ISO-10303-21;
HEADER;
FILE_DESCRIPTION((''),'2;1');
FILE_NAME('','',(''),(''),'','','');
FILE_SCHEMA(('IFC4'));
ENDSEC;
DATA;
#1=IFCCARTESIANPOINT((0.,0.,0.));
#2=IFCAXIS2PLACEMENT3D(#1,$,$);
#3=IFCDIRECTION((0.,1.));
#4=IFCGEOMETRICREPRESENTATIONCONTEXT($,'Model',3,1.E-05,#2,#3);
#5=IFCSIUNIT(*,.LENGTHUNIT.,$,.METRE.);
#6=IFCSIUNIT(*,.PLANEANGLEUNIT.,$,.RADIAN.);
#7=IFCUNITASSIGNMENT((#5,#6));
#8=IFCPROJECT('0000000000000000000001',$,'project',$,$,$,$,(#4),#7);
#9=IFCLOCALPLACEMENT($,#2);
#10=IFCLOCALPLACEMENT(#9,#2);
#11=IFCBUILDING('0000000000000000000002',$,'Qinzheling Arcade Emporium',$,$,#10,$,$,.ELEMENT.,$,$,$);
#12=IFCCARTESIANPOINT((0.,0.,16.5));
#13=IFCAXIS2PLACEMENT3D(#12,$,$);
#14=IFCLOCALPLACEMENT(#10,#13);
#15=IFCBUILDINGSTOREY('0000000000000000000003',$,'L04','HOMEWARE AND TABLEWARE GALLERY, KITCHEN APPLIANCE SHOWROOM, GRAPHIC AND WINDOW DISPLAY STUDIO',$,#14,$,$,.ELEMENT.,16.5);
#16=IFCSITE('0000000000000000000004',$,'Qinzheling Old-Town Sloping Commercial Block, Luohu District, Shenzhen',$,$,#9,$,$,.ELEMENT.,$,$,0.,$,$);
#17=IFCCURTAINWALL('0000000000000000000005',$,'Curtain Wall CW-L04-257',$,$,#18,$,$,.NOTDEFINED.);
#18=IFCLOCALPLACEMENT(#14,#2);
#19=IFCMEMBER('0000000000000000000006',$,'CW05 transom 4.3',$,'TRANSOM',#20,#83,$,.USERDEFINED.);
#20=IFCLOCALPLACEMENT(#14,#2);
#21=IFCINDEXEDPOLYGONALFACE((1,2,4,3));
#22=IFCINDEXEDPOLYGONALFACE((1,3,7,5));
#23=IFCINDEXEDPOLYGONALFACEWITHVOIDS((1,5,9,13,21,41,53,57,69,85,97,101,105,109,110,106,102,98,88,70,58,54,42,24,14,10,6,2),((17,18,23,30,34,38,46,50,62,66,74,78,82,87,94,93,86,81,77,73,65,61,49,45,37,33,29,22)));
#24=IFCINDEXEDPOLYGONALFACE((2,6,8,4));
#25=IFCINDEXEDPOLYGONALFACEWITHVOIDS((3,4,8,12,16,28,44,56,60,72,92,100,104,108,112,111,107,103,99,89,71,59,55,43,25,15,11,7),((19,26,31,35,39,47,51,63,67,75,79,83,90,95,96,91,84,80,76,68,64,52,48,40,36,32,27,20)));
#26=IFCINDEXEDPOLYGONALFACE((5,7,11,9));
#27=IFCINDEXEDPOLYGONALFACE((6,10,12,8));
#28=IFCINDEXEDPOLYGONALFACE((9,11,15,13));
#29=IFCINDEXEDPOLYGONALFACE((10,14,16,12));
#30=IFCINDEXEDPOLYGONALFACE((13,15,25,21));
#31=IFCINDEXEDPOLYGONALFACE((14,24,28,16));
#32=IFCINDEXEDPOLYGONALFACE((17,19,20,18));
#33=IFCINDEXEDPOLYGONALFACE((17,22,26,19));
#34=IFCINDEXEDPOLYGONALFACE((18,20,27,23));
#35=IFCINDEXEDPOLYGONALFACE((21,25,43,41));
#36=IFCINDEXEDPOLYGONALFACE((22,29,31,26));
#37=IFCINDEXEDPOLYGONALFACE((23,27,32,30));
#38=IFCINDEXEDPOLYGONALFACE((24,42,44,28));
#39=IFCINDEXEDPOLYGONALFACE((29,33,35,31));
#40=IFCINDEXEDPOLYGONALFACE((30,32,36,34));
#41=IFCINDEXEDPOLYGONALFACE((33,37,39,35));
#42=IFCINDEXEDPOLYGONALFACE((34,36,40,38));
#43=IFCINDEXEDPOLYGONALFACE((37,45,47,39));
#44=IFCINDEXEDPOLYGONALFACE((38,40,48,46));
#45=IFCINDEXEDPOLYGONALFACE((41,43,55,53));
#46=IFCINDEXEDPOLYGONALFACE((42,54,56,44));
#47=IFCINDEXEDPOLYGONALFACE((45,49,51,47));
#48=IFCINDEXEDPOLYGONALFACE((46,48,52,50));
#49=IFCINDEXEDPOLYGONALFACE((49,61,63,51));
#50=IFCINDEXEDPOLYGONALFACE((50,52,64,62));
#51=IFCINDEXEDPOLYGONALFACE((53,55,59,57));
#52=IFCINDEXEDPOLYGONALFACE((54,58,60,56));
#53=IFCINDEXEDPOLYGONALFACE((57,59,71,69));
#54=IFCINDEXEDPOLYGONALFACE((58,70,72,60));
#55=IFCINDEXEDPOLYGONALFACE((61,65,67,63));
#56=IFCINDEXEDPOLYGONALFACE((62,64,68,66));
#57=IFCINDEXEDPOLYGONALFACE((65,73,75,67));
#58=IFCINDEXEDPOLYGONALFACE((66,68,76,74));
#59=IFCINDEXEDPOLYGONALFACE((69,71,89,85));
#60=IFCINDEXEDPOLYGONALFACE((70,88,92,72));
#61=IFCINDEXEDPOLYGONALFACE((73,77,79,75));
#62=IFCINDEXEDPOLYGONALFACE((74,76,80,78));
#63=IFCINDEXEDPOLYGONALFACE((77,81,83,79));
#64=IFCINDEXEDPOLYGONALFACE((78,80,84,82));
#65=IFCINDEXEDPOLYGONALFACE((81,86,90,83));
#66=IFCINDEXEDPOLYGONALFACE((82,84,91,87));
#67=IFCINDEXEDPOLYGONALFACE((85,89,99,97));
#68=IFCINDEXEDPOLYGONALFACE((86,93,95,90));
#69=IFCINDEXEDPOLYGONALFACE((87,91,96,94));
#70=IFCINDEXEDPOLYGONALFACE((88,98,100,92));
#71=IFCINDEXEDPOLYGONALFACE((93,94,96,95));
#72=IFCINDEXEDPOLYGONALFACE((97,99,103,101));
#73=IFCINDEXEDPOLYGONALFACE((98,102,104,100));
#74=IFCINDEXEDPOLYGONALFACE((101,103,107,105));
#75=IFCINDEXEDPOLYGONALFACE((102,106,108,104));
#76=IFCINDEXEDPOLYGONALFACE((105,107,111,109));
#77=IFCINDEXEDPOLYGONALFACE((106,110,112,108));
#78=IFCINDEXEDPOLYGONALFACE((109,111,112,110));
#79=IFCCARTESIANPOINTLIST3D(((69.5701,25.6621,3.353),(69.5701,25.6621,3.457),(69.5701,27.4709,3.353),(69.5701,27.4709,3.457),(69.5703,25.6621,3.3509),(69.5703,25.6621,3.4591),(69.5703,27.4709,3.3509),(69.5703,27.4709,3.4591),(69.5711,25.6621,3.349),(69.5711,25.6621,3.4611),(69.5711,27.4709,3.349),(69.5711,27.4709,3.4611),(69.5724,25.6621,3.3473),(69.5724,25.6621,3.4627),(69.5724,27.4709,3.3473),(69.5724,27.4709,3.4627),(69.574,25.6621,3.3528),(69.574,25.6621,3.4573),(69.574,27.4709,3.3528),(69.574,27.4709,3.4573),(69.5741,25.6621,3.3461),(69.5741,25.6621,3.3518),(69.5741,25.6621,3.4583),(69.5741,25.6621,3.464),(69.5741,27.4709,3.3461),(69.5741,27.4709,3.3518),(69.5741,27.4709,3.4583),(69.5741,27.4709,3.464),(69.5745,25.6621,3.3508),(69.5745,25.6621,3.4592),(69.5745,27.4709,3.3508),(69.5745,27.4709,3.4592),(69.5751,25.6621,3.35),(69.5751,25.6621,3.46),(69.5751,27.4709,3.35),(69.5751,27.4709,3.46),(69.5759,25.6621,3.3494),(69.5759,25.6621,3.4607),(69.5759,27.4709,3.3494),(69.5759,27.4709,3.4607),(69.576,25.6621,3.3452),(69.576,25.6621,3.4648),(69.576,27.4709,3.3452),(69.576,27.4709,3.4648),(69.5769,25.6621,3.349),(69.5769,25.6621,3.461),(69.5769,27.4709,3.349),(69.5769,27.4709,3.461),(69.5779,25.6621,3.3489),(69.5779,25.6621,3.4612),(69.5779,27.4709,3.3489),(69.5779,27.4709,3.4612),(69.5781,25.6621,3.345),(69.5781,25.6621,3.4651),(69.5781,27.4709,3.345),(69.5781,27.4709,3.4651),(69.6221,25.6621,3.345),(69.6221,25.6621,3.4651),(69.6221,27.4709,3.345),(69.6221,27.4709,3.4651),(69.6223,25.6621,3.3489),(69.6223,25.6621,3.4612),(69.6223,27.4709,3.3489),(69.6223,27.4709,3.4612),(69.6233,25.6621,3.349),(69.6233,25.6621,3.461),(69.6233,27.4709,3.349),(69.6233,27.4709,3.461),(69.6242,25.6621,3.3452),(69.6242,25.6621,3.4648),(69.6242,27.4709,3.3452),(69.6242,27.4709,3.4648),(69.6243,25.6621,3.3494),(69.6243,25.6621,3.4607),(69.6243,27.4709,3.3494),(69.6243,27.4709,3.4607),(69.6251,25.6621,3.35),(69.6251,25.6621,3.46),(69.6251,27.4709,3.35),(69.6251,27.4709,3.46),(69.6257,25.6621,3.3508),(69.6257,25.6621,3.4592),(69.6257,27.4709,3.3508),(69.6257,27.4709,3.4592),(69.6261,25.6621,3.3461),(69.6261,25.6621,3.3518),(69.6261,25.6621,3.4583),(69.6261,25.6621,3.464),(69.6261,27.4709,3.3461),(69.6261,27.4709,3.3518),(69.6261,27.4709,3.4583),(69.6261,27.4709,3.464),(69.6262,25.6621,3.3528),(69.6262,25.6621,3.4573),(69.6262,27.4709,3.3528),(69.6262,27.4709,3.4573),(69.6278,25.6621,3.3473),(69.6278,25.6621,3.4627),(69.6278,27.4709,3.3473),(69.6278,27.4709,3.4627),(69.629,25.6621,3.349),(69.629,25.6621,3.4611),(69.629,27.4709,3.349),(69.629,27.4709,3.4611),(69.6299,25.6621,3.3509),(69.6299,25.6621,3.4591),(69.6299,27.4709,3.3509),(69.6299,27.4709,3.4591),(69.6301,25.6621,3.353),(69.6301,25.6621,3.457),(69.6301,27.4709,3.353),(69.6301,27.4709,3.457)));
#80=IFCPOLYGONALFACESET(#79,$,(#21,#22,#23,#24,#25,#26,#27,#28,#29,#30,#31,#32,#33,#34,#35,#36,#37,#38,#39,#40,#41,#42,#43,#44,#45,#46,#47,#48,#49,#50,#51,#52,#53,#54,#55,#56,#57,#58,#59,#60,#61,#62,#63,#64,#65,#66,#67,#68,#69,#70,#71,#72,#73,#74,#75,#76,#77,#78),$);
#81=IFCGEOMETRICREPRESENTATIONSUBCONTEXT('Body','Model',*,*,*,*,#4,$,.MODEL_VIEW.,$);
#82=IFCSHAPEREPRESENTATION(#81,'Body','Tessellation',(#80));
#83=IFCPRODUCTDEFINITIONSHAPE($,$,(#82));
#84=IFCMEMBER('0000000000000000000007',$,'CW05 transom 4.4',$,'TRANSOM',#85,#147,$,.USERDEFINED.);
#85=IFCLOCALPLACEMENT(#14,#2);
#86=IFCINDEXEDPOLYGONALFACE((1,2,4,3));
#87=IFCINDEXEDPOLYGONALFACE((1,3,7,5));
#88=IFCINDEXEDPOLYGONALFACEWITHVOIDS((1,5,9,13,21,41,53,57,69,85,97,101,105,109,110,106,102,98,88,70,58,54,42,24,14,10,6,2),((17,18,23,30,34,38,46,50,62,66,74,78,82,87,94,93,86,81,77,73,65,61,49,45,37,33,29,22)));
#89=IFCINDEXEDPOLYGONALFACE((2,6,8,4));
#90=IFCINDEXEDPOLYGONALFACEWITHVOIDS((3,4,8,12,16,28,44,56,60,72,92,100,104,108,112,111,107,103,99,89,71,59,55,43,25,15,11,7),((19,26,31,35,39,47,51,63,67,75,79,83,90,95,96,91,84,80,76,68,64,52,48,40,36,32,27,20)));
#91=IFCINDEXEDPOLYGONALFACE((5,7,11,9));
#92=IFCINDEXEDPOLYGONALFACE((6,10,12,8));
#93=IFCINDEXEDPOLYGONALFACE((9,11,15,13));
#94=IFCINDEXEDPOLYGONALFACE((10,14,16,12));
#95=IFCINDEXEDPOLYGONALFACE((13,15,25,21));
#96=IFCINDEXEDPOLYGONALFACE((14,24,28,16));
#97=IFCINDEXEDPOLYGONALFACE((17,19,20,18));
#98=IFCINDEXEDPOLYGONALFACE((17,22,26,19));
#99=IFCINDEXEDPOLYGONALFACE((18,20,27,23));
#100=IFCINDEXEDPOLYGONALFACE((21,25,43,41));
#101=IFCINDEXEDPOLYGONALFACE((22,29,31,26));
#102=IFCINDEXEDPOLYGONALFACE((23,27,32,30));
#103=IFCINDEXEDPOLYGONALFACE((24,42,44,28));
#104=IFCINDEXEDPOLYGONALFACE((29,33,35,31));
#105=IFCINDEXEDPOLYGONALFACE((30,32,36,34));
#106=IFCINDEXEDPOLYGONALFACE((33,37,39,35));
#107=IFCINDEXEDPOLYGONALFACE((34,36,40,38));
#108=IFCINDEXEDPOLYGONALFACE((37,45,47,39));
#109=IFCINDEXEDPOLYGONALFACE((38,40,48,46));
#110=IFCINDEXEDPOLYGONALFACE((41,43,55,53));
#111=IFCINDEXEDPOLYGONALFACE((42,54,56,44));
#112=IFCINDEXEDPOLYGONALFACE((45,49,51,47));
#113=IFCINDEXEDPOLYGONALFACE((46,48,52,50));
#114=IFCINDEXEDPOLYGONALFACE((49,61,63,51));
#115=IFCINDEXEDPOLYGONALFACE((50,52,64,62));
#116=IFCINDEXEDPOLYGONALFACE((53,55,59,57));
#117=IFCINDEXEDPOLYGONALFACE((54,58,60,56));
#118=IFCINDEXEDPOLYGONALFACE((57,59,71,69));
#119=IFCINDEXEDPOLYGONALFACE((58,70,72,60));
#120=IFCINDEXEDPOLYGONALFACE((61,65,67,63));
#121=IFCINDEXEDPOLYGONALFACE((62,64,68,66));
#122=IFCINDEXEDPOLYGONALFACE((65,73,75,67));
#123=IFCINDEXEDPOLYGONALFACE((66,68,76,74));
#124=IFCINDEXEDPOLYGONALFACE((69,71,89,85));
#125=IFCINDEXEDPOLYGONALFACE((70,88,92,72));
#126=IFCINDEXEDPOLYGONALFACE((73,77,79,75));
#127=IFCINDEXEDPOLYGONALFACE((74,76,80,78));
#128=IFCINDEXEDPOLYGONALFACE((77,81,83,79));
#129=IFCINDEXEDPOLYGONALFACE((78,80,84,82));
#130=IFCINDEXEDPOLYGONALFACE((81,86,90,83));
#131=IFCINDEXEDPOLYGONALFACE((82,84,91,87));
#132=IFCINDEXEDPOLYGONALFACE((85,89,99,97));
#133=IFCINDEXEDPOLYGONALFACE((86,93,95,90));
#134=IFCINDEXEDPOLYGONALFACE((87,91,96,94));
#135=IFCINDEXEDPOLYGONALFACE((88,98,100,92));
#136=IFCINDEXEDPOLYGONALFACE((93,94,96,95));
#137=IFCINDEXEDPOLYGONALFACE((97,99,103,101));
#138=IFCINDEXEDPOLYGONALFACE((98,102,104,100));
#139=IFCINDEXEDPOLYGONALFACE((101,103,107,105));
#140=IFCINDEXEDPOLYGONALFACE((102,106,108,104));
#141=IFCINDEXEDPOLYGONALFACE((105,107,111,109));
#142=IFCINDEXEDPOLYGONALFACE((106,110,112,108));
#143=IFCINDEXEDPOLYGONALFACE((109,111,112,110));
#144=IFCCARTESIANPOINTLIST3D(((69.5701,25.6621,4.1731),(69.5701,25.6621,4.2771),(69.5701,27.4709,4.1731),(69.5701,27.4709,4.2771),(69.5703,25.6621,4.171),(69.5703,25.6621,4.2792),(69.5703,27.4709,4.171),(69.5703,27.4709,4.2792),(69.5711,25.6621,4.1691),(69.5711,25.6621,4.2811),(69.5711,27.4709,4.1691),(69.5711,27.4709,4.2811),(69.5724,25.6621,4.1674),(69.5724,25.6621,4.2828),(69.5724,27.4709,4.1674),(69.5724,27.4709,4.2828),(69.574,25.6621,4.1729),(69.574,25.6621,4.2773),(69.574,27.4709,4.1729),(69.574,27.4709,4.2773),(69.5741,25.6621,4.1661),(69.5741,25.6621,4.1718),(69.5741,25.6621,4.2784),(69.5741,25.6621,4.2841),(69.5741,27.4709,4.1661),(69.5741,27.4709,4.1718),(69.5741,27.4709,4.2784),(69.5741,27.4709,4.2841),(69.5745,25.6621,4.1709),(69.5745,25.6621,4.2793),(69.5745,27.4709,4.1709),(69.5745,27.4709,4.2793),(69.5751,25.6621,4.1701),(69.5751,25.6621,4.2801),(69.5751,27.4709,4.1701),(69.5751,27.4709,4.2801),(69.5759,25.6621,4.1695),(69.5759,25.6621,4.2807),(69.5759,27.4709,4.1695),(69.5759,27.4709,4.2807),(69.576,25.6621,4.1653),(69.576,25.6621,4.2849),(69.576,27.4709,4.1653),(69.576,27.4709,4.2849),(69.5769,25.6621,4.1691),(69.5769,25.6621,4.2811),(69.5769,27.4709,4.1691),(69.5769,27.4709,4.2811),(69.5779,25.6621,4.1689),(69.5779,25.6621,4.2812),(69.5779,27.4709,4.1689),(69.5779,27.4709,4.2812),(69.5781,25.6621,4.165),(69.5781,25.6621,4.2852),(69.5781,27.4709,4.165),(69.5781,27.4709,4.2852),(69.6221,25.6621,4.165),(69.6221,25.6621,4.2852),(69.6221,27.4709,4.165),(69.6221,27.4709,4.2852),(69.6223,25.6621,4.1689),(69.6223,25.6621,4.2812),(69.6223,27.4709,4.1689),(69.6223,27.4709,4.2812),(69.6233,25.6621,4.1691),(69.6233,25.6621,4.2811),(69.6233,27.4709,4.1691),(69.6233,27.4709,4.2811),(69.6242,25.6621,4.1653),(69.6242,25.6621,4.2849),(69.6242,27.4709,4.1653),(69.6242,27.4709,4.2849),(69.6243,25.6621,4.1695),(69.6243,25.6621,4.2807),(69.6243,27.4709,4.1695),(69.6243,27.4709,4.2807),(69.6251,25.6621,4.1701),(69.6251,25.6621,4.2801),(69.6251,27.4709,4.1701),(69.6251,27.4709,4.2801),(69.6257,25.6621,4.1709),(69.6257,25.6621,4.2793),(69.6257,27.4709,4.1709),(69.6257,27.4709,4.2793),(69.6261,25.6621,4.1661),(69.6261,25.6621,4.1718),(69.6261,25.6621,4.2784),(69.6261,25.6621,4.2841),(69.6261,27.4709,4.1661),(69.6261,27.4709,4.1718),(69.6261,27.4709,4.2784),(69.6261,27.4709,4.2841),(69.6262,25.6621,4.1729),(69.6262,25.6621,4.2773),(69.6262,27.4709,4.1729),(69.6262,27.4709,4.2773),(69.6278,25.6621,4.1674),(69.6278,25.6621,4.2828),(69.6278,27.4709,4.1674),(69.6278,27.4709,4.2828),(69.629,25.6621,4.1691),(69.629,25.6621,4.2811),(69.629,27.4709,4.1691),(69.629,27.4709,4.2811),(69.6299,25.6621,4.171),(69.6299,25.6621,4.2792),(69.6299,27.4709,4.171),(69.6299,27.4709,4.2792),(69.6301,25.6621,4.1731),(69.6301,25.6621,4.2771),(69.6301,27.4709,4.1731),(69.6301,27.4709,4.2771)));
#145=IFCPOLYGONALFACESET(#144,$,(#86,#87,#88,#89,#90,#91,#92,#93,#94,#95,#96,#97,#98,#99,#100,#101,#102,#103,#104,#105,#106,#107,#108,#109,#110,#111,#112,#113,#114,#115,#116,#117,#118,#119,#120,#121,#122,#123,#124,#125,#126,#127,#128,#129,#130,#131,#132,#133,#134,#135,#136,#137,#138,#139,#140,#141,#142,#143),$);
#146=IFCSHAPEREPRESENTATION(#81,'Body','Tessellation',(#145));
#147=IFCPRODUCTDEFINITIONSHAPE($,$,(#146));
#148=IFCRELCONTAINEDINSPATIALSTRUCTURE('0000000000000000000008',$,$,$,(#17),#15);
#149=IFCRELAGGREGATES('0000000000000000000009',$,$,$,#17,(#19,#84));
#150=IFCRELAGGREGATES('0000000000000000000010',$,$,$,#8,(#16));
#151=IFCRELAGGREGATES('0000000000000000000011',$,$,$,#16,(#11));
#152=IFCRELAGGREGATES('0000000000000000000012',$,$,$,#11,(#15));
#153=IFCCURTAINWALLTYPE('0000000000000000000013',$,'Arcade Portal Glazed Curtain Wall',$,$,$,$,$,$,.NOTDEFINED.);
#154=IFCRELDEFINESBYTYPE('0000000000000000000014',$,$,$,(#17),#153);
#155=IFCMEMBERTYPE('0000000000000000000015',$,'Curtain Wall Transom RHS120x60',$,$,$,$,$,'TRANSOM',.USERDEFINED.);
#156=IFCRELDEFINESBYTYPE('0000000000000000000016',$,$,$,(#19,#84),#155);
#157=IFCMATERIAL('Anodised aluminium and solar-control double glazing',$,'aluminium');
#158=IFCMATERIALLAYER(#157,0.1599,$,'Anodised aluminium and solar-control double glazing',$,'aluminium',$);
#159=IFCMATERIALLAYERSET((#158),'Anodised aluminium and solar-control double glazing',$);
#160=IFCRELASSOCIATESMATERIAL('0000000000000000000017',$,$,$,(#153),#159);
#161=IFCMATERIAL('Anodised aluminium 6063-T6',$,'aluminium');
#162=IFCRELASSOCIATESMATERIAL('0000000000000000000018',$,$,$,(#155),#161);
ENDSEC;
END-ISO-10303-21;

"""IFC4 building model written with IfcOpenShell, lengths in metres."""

from ifc_helpers import new_model, si_unit, direction, frame, origin, origin_2d, place, context, subcontext, project, spatial, hollow_rectangle, extrude, material, layer, layer_set, material_profile, profile_set, type_object, element, aggregate, save


model = new_model("IFC4")

# Units and contexts
model_context = context("Model", 3, precision=1e-05, world=origin(), true_north=direction((0.0, 1.0)))
body_context = subcontext(model_context, "Body", "Model", "MODEL_VIEW")
ifc_project = project(units=[si_unit("LENGTHUNIT", "METRE"), si_unit("PLANEANGLEUNIT", "RADIAN")], contexts=[model_context])

# Site, building, storey
site_placement = place(None, origin())
site = spatial("IfcSite", under=ifc_project, at=site_placement, Name="Qinzheling Old-Town Sloping Commercial Block, Luohu District, Shenzhen", CompositionType="ELEMENT", RefElevation=0.0)
building_placement = place(site_placement, origin())
building = spatial("IfcBuilding", under=site, at=building_placement, Name="Qinzheling Arcade Emporium", CompositionType="ELEMENT")
storey_placement = place(building_placement, frame((0.0, 0.0, 16.5)))
storey = spatial("IfcBuildingStorey", under=building, at=storey_placement, Name="L04", Description="HOMEWARE AND TABLEWARE GALLERY, KITCHEN APPLIANCE SHOWROOM, GRAPHIC AND WINDOW DISPLAY STUDIO", CompositionType="ELEMENT", Elevation=16.5)

# Curtain wall
ifc_material_1 = material(Name="Anodised aluminium and solar-control double glazing", Category="aluminium")
ifc_layer_1 = layer(ifc_material_1, 0.1599, Name="Anodised aluminium and solar-control double glazing", Category="aluminium")
ifc_layer_set_1 = layer_set([ifc_layer_1], Name="Anodised aluminium and solar-control double glazing")
curtain_wall_type = type_object("IfcCurtainWallType", Name="Arcade Portal Glazed Curtain Wall", PredefinedType="NOTDEFINED", material=ifc_layer_set_1)
curtain_wall_1_placement = place(storey_placement, origin())
curtain_wall_1 = element("IfcCurtainWall", 1, at=curtain_wall_1_placement, inside=storey, type_object=curtain_wall_type, Name="Curtain Wall CW-L04-257", PredefinedType="NOTDEFINED")
ifc_material_2 = material(Name="Anodised aluminium 6063-T6", Category="aluminium")

# Members
ifc_material_profile_1 = material_profile(ifc_material_2, hollow_rectangle(XDim=0.0601, YDim=0.1201, WallThickness=0.0039, InnerFilletRadius=0.0039, OuterFilletRadius=0.0081, at=origin_2d()), Name="RHS 120x60x4", Category="aluminium")
ifc_profile_set_1 = profile_set([ifc_material_profile_1], Name="Anodised aluminium 6063-T6")
member_type_1 = type_object("IfcMemberType", Name="Curtain Wall Transom RHS120x60", ElementType="TRANSOM", PredefinedType="USERDEFINED", material=ifc_profile_set_1)
member_1_placement = place(storey_placement, frame((69.6001, 27.4709, 3.405), z_axis=(0.0, -1.0, 0.0), x_axis=(1.0, 0.0, 0.0)))
member_1 = element("IfcMember", 2, at=member_1_placement, type_object=member_type_1, Name="CW05 transom 4.3", ObjectType="TRANSOM", PredefinedType="USERDEFINED", context=body_context, shape_type="SweptSolid", body=[
    extrude(hollow_rectangle(XDim=0.0601, YDim=0.1201, WallThickness=0.0039, InnerFilletRadius=0.0039, OuterFilletRadius=0.0081, at=origin_2d()), origin(), (0.0, 0.0, 1.0), 1.8088),
])
member_2_placement = place(storey_placement, frame((69.6001, 27.4709, 4.2251), z_axis=(0.0, -1.0, 0.0), x_axis=(1.0, 0.0, 0.0)))
member_2 = element("IfcMember", 3, at=member_2_placement, type_object=member_type_1, Name="CW05 transom 4.4", ObjectType="TRANSOM", PredefinedType="USERDEFINED", context=body_context, shape_type="SweptSolid", body=[
    extrude(hollow_rectangle(XDim=0.0601, YDim=0.1201, WallThickness=0.0039, InnerFilletRadius=0.0039, OuterFilletRadius=0.0081, at=origin_2d()), origin(), (0.0, 0.0, 1.0), 1.8088),
])

aggregate(curtain_wall_1, [member_1, member_2])

save(model, "model.ifc")
